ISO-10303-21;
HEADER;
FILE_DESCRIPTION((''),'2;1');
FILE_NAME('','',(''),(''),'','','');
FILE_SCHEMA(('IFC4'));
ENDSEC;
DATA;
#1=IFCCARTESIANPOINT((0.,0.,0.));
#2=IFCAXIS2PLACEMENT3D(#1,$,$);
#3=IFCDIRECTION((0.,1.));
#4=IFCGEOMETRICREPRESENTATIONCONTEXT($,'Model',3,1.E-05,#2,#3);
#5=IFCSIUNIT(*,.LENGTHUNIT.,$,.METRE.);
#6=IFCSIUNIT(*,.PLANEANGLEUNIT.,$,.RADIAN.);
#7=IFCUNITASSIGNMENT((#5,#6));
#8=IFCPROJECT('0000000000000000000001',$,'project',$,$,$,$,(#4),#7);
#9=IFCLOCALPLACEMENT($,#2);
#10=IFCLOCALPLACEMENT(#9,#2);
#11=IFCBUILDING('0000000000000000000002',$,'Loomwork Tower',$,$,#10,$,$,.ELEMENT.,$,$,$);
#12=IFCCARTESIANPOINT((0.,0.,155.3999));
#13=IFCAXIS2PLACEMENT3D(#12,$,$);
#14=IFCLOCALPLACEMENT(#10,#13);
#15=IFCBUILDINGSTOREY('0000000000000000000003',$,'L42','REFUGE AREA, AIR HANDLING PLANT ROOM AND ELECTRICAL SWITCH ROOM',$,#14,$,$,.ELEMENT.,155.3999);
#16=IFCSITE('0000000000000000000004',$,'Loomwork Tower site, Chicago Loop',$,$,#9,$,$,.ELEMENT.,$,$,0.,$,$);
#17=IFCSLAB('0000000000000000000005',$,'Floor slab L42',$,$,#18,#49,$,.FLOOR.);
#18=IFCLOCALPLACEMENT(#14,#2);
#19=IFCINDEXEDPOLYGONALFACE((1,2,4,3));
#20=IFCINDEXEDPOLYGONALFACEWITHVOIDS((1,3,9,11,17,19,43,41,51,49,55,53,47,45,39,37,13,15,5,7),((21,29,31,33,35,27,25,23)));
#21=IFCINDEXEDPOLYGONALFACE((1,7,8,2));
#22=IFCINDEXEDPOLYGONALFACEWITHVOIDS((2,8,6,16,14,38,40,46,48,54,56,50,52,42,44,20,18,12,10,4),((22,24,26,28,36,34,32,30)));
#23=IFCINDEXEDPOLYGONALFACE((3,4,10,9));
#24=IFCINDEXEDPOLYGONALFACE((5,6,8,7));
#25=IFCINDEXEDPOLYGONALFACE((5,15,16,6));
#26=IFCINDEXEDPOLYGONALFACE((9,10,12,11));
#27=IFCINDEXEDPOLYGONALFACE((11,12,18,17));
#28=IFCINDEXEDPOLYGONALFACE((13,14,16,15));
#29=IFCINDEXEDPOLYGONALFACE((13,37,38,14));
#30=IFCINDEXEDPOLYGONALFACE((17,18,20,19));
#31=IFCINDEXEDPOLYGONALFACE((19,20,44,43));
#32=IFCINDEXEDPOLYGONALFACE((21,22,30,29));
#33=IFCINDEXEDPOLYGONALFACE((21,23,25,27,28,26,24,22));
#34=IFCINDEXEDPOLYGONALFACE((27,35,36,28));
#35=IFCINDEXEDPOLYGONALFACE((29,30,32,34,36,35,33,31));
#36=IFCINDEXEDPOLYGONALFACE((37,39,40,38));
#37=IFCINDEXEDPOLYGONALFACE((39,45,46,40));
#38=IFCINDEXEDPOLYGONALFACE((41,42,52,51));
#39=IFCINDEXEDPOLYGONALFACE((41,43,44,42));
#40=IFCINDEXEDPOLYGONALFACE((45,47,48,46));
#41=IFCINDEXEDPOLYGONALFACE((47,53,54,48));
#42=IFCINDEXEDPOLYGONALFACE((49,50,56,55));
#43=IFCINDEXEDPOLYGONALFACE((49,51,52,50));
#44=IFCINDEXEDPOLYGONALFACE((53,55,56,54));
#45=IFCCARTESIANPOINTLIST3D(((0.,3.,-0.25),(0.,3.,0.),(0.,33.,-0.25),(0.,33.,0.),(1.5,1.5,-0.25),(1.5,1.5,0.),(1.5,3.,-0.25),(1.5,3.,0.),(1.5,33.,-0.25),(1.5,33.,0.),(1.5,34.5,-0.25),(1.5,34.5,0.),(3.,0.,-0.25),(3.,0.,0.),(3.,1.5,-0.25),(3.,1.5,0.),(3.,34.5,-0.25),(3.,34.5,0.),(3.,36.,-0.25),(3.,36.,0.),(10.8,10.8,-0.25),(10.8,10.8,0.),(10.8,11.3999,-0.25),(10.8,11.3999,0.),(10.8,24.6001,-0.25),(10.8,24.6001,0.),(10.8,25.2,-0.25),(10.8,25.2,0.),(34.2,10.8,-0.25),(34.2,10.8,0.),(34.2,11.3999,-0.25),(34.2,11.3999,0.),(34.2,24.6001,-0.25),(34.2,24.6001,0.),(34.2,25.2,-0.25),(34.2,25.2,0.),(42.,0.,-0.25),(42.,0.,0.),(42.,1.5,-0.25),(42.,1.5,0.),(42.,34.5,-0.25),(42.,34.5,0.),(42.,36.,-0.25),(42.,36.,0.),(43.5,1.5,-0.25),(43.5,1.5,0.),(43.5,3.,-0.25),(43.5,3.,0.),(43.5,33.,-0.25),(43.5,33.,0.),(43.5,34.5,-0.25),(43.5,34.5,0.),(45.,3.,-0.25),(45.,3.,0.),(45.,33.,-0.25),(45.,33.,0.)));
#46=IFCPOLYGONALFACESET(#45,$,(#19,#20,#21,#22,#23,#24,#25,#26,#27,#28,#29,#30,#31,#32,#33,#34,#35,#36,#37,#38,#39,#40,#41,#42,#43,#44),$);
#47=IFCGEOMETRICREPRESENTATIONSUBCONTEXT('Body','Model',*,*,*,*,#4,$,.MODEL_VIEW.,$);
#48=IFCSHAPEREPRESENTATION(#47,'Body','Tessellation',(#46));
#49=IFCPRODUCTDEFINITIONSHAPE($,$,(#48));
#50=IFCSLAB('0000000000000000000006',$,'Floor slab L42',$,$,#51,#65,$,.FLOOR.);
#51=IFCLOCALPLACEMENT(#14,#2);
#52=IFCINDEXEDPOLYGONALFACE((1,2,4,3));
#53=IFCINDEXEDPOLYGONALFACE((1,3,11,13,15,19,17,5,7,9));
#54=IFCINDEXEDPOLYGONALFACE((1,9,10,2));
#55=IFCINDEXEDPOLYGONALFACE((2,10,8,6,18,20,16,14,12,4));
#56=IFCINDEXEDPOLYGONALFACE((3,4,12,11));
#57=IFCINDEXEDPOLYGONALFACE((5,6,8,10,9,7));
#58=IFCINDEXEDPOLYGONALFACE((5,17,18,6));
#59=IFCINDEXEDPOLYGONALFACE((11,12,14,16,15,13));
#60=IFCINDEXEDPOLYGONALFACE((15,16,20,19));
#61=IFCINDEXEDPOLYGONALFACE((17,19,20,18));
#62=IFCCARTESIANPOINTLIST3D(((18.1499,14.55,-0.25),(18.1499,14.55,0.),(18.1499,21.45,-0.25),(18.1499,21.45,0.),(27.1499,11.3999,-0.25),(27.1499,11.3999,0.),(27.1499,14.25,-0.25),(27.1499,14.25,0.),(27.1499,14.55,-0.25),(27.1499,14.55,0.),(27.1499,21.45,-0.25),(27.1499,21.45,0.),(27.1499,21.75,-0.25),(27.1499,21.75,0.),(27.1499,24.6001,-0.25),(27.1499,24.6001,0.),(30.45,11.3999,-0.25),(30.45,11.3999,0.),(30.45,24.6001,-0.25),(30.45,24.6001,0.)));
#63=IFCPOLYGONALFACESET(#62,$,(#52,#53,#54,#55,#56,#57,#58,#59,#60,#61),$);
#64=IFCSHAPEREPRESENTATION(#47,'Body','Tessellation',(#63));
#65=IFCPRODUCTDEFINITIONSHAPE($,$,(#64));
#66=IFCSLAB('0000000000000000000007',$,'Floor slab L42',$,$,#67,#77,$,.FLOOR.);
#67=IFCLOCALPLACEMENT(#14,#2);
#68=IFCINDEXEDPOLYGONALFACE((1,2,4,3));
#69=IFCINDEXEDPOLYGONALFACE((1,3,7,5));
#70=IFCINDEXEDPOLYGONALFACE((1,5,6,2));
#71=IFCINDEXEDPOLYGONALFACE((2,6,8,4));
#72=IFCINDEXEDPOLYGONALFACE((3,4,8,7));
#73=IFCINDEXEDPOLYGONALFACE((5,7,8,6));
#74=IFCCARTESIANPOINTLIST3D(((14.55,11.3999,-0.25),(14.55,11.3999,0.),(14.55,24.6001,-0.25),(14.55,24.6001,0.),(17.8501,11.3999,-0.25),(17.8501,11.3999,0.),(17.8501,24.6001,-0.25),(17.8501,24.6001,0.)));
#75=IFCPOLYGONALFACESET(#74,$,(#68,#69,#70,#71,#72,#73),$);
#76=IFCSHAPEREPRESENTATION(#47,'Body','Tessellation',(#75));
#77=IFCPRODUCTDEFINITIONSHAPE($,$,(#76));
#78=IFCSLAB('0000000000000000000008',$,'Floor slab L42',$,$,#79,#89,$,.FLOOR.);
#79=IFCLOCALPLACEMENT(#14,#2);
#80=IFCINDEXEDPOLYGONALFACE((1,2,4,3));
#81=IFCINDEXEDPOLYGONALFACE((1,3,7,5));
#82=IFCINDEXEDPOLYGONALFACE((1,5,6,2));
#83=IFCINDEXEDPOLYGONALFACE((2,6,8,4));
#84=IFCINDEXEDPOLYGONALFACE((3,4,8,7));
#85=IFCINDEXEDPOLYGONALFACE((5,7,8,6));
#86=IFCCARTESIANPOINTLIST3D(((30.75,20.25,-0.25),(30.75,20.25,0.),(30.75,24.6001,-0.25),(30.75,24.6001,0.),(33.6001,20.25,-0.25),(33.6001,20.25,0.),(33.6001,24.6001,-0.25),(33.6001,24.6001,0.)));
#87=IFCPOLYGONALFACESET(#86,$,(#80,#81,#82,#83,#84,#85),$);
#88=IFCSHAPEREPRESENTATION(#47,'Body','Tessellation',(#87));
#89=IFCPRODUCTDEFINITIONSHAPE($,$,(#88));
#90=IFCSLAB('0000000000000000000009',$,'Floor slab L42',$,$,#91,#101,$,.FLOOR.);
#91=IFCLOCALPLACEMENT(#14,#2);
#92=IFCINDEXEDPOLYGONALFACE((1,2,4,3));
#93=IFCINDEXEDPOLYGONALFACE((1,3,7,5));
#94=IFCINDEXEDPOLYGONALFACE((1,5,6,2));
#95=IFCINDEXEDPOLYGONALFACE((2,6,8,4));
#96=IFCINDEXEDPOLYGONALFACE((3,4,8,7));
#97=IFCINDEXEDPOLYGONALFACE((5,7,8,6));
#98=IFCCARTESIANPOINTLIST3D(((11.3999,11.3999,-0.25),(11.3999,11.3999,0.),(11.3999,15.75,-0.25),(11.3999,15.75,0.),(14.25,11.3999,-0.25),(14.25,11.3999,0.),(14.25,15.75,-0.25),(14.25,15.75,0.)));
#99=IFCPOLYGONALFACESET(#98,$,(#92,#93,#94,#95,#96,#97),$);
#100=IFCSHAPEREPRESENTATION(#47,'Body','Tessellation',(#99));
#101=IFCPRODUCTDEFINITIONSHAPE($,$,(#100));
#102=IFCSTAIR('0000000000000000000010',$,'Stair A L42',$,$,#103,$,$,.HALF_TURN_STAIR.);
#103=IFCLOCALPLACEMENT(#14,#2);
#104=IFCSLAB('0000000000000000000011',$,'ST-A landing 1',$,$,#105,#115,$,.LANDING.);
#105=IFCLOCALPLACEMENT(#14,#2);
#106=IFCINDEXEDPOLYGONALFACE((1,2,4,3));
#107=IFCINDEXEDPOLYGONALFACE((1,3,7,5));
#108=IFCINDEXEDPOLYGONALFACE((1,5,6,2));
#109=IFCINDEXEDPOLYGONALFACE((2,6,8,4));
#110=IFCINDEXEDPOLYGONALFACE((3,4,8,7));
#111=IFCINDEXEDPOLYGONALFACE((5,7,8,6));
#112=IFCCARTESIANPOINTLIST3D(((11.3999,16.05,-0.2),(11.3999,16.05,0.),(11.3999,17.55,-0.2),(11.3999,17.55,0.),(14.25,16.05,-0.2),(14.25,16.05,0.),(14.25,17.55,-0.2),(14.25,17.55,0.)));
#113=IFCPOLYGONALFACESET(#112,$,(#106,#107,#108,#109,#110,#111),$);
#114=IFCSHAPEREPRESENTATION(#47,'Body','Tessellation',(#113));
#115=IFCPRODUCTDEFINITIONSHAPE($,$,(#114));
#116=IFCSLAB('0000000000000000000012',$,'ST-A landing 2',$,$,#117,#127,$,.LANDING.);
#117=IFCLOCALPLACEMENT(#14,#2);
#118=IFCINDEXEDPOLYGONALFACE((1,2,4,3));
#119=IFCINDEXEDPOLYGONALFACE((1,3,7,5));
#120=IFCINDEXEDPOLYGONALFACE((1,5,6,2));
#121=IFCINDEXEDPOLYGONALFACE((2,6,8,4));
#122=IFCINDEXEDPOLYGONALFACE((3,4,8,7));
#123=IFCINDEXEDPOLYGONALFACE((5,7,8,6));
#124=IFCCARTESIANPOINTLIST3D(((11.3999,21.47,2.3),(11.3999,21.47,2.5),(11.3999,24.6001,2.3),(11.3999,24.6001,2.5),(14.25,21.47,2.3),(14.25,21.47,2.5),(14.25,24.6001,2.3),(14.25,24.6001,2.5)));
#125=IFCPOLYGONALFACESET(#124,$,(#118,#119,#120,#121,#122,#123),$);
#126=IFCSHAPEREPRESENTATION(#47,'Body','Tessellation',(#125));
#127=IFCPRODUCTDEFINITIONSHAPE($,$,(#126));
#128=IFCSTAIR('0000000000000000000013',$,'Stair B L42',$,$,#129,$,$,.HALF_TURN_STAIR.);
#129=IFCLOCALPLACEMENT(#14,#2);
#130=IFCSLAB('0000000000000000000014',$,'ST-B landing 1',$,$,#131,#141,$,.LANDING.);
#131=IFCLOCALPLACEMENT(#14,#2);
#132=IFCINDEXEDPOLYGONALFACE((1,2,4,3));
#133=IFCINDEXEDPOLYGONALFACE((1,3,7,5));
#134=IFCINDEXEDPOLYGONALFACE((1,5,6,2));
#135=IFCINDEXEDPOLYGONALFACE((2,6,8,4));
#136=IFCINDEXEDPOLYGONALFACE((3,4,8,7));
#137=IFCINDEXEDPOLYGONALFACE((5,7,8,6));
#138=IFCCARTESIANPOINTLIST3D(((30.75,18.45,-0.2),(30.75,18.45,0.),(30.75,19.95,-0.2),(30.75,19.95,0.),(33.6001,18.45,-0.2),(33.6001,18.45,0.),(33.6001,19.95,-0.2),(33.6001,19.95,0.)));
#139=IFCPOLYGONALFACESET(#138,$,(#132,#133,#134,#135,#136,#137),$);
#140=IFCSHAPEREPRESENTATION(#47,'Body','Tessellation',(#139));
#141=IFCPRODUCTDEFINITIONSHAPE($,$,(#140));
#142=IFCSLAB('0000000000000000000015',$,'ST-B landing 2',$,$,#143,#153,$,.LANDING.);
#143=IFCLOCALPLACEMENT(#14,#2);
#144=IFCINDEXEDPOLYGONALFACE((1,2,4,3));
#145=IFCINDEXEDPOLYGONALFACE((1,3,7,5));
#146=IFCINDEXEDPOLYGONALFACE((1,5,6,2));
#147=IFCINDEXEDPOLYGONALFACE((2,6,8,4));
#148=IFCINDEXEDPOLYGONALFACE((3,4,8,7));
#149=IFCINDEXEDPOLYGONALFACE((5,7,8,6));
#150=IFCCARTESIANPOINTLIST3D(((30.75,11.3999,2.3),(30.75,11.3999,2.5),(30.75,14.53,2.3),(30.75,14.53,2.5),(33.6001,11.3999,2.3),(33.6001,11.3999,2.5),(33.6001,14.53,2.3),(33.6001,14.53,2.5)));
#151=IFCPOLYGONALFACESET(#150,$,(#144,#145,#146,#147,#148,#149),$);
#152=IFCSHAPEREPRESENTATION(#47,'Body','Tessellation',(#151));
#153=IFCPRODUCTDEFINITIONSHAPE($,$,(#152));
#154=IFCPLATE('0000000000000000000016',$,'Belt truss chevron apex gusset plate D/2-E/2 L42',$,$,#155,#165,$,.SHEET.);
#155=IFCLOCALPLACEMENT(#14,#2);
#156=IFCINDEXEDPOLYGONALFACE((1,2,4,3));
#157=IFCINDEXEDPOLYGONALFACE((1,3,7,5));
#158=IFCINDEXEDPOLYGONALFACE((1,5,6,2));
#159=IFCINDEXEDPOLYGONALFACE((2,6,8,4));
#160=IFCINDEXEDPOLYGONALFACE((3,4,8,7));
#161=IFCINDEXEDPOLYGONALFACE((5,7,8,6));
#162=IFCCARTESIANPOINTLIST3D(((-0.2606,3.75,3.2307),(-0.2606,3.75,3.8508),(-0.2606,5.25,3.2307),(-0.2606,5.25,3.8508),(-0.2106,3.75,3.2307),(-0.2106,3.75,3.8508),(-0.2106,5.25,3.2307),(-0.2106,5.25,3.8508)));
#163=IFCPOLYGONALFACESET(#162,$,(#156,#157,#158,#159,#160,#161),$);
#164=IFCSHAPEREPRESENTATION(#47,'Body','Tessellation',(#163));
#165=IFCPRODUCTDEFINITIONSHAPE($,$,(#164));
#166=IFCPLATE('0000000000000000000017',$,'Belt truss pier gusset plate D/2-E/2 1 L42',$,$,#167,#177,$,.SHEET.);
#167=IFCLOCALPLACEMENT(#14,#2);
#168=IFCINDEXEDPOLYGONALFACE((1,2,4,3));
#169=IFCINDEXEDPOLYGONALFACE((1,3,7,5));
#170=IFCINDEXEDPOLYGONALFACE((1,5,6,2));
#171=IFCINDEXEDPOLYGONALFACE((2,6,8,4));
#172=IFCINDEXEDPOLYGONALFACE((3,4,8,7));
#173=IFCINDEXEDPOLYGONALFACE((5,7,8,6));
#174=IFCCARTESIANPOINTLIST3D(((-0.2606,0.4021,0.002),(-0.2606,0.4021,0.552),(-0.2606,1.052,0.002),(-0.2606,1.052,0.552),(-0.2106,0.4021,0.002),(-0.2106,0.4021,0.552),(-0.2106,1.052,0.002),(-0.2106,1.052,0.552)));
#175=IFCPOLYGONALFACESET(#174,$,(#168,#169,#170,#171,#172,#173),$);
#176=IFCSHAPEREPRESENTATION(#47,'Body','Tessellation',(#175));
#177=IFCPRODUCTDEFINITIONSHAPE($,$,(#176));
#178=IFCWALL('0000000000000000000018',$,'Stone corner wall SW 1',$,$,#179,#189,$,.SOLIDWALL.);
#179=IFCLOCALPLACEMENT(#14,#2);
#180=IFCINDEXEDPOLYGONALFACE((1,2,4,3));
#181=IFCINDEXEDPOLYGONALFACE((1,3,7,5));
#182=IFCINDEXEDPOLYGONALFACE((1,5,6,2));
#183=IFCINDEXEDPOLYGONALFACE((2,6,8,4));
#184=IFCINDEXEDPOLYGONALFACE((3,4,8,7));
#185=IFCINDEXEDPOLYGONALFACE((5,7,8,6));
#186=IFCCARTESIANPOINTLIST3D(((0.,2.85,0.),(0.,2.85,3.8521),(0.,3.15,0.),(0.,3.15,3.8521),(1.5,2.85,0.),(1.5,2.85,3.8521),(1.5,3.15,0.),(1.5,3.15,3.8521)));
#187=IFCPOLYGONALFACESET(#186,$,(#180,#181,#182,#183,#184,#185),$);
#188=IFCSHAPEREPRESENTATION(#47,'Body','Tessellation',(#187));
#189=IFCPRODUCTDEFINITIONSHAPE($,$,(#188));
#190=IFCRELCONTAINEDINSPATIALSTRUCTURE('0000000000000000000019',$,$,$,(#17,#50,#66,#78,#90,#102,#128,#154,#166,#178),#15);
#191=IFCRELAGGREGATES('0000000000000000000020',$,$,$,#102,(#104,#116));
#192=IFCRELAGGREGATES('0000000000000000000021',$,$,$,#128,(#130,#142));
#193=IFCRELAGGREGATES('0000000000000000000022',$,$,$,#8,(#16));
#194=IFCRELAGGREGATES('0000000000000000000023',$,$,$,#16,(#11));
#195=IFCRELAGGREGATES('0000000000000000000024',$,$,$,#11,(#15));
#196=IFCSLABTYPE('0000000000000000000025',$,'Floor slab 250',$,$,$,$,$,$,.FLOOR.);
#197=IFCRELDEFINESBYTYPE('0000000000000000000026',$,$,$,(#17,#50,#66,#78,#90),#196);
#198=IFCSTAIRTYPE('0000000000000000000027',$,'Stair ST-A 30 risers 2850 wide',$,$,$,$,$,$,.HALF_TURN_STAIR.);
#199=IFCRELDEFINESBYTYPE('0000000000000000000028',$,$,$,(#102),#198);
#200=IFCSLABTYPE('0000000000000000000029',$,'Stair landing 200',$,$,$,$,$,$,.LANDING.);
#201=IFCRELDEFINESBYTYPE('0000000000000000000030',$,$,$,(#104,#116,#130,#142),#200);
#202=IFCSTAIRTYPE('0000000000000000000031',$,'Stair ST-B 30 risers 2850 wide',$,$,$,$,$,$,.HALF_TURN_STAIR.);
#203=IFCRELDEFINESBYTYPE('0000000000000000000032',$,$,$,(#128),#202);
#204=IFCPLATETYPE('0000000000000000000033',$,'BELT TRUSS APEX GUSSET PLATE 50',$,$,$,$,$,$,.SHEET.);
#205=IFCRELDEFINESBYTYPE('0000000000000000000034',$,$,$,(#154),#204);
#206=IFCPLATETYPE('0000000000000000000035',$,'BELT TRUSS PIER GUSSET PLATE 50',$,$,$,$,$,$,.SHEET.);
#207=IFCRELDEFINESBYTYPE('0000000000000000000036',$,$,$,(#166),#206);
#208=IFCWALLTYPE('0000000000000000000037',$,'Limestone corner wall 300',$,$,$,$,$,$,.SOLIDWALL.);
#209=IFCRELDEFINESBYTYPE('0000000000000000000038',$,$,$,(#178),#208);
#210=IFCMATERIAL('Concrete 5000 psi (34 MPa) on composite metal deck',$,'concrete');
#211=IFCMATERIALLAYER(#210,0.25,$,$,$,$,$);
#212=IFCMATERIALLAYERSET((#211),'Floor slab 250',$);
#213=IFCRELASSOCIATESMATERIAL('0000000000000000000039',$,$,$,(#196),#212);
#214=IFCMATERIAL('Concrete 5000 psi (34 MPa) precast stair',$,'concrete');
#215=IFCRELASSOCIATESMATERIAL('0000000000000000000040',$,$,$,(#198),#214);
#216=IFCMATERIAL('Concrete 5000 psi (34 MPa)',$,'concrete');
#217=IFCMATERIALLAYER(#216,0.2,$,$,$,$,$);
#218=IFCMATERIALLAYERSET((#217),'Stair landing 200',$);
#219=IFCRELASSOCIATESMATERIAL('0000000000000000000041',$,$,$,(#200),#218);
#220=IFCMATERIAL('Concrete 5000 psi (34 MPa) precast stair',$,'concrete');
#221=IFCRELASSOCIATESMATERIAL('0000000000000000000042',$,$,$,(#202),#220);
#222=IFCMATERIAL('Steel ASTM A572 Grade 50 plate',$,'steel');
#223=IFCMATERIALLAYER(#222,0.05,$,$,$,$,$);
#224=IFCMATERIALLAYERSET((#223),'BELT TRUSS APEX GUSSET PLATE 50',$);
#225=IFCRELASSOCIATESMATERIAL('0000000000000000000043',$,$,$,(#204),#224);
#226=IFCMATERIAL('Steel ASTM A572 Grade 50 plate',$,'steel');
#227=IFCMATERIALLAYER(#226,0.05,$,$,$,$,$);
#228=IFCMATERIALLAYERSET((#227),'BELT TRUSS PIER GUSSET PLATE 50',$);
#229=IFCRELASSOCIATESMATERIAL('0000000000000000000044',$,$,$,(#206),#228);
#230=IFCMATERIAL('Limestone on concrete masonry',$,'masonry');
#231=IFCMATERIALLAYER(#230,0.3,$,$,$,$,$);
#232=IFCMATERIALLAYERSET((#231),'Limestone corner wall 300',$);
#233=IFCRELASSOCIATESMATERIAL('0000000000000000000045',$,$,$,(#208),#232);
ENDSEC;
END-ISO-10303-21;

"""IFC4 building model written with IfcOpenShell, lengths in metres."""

from ifc_helpers import new_model, si_unit, direction, frame, frame_2d, origin, origin_2d, place, context, subcontext, project, spatial, polyline, rectangle, outline, extrude, material, layer, layer_set, type_object, element, aggregate, save


model = new_model("IFC4")

# Units and contexts
model_context = context("Model", 3, precision=1e-05, world=origin(), true_north=direction((0.0, 1.0)))
body_context = subcontext(model_context, "Body", "Model", "MODEL_VIEW")
ifc_project = project(units=[si_unit("LENGTHUNIT", "METRE"), si_unit("PLANEANGLEUNIT", "RADIAN")], contexts=[model_context])

# Site, building, storey
site_placement = place(None, origin())
site = spatial("IfcSite", under=ifc_project, at=site_placement, Name="Loomwork Tower site, Chicago Loop", CompositionType="ELEMENT", RefElevation=0.0)
building_placement = place(site_placement, origin())
building = spatial("IfcBuilding", under=site, at=building_placement, Name="Loomwork Tower", CompositionType="ELEMENT")
storey_placement = place(building_placement, frame((0.0, 0.0, 155.3999)))
storey = spatial("IfcBuildingStorey", under=building, at=storey_placement, Name="L42", Description="REFUGE AREA, AIR HANDLING PLANT ROOM AND ELECTRICAL SWITCH ROOM", CompositionType="ELEMENT", Elevation=155.3999)

# Slabs
ifc_material_1 = material(Name="Concrete 5000 psi (34 MPa) on composite metal deck", Category="concrete")
ifc_layer_1 = layer(ifc_material_1, 0.25)
ifc_layer_set_1 = layer_set([ifc_layer_1], Name="Floor slab 250")
slab_type_1 = type_object("IfcSlabType", Name="Floor slab 250", PredefinedType="FLOOR", material=ifc_layer_set_1)
slab_1_placement = place(storey_placement, frame((0.0, 0.0, -0.25)))
element("IfcSlab", 1, at=slab_1_placement, inside=storey, type_object=slab_type_1, Name="Floor slab L42", PredefinedType="FLOOR", context=body_context, shape_type="SweptSolid", body=[
    extrude(outline(polyline([(3.0, 1.5), (1.5, 1.5), (1.5, 3.0), (0.0, 3.0), (0.0, 33.0), (1.5, 33.0), (1.5, 34.5), (3.0, 34.5), (3.0, 36.0), (42.0, 36.0), (42.0, 34.5), (43.5, 34.5), (43.5, 33.0), (45.0, 33.0), (45.0, 3.0), (43.5, 3.0), (43.5, 1.5), (42.0, 1.5), (42.0, 0.0), (3.0, 0.0), (3.0, 1.5)]), holes=[polyline([(10.8, 11.3999), (10.8, 11.3999), (10.8, 10.8), (34.2, 10.8), (34.2, 11.3999), (34.2, 11.3999), (34.2, 24.6001), (34.2, 25.2), (10.8, 25.2), (10.8, 24.6001), (10.8, 11.3999)])]), origin(), (0.0, 0.0, 1.0), 0.25),
])
slab_2_placement = place(storey_placement, frame((0.0, 0.0, -0.25)))
element("IfcSlab", 2, at=slab_2_placement, inside=storey, type_object=slab_type_1, Name="Floor slab L42", PredefinedType="FLOOR", context=body_context, shape_type="SweptSolid", body=[
    extrude(outline(polyline([(30.45, 24.6001), (30.45, 11.3999), (27.1499, 11.3999), (27.1499, 14.25), (27.1499, 14.55), (18.1499, 14.55), (18.1499, 21.45), (27.1499, 21.45), (27.1499, 21.75), (27.1499, 24.6001), (30.45, 24.6001)])), origin(), (0.0, 0.0, 1.0), 0.25),
])
slab_3_placement = place(storey_placement, frame((0.0, 0.0, -0.25)))
element("IfcSlab", 3, at=slab_3_placement, inside=storey, type_object=slab_type_1, Name="Floor slab L42", PredefinedType="FLOOR", context=body_context, shape_type="SweptSolid", body=[
    extrude(outline(polyline([(14.55, 11.3999), (14.55, 24.6001), (17.8501, 24.6001), (17.8501, 11.3999), (14.55, 11.3999)])), origin(), (0.0, 0.0, 1.0), 0.25),
])
slab_4_placement = place(storey_placement, frame((0.0, 0.0, -0.25)))
element("IfcSlab", 4, at=slab_4_placement, inside=storey, type_object=slab_type_1, Name="Floor slab L42", PredefinedType="FLOOR", context=body_context, shape_type="SweptSolid", body=[
    extrude(outline(polyline([(33.6001, 20.25), (30.75, 20.25), (30.75, 24.6001), (33.6001, 24.6001), (33.6001, 20.25)])), origin(), (0.0, 0.0, 1.0), 0.25),
])
slab_5_placement = place(storey_placement, frame((0.0, 0.0, -0.25)))
element("IfcSlab", 5, at=slab_5_placement, inside=storey, type_object=slab_type_1, Name="Floor slab L42", PredefinedType="FLOOR", context=body_context, shape_type="SweptSolid", body=[
    extrude(outline(polyline([(14.25, 15.75), (14.25, 11.3999), (11.3999, 11.3999), (11.3999, 15.75), (14.25, 15.75)])), origin(), (0.0, 0.0, 1.0), 0.25),
])

# Stairs, slabs
ifc_material_2 = material(Name="Concrete 5000 psi (34 MPa) precast stair", Category="concrete")
stair_type_1 = type_object("IfcStairType", Name="Stair ST-A 30 risers 2850 wide", PredefinedType="HALF_TURN_STAIR", material=ifc_material_2)
stair_1_placement = place(storey_placement, origin())
stair_1 = element("IfcStair", 6, at=stair_1_placement, inside=storey, type_object=stair_type_1, Name="Stair A L42", PredefinedType="HALF_TURN_STAIR")
ifc_material_3 = material(Name="Concrete 5000 psi (34 MPa)", Category="concrete")
ifc_layer_2 = layer(ifc_material_3, 0.2)
ifc_layer_set_2 = layer_set([ifc_layer_2], Name="Stair landing 200")
slab_type_2 = type_object("IfcSlabType", Name="Stair landing 200", PredefinedType="LANDING", material=ifc_layer_set_2)
slab_6_placement = place(storey_placement, frame((0.0, 0.0, -0.2)))
slab_6 = element("IfcSlab", 7, at=slab_6_placement, type_object=slab_type_2, Name="ST-A landing 1", PredefinedType="LANDING", context=body_context, shape_type="SweptSolid", body=[
    extrude(outline(polyline([(11.3999, 16.05), (14.25, 16.05), (14.25, 17.55), (11.3999, 17.55), (11.3999, 16.05)])), origin(), (0.0, 0.0, 1.0), 0.2),
])
slab_7_placement = place(storey_placement, frame((0.0, 0.0, 2.3)))
slab_7 = element("IfcSlab", 8, at=slab_7_placement, type_object=slab_type_2, Name="ST-A landing 2", PredefinedType="LANDING", context=body_context, shape_type="SweptSolid", body=[
    extrude(outline(polyline([(11.3999, 21.47), (14.25, 21.47), (14.25, 24.6001), (11.3999, 24.6001), (11.3999, 21.47)])), origin(), (0.0, 0.0, 1.0), 0.2),
])
aggregate(stair_1, [slab_6, slab_7])
ifc_material_4 = material(Name="Concrete 5000 psi (34 MPa) precast stair", Category="concrete")
stair_type_2 = type_object("IfcStairType", Name="Stair ST-B 30 risers 2850 wide", PredefinedType="HALF_TURN_STAIR", material=ifc_material_4)
stair_2_placement = place(storey_placement, origin())
stair_2 = element("IfcStair", 9, at=stair_2_placement, inside=storey, type_object=stair_type_2, Name="Stair B L42", PredefinedType="HALF_TURN_STAIR")
slab_8_placement = place(storey_placement, frame((0.0, 0.0, -0.2)))
slab_8 = element("IfcSlab", 10, at=slab_8_placement, type_object=slab_type_2, Name="ST-B landing 1", PredefinedType="LANDING", context=body_context, shape_type="SweptSolid", body=[
    extrude(outline(polyline([(30.75, 18.45), (33.6001, 18.45), (33.6001, 19.95), (30.75, 19.95), (30.75, 18.45)])), origin(), (0.0, 0.0, 1.0), 0.2),
])
slab_9_placement = place(storey_placement, frame((0.0, 0.0, 2.3)))
slab_9 = element("IfcSlab", 11, at=slab_9_placement, type_object=slab_type_2, Name="ST-B landing 2", PredefinedType="LANDING", context=body_context, shape_type="SweptSolid", body=[
    extrude(outline(polyline([(30.75, 11.3999), (33.6001, 11.3999), (33.6001, 14.53), (30.75, 14.53), (30.75, 11.3999)])), origin(), (0.0, 0.0, 1.0), 0.2),
])
aggregate(stair_2, [slab_8, slab_9])

# Plates
ifc_material_5 = material(Name="Steel ASTM A572 Grade 50 plate", Category="steel")
ifc_layer_3 = layer(ifc_material_5, 0.05)
ifc_layer_set_3 = layer_set([ifc_layer_3], Name="BELT TRUSS APEX GUSSET PLATE 50")
plate_type_1 = type_object("IfcPlateType", Name="BELT TRUSS APEX GUSSET PLATE 50", PredefinedType="SHEET", material=ifc_layer_set_3)
plate_1_placement = place(storey_placement, frame((-0.2356, 4.5, 3.2307), z_axis=(0.0, 0.0, 1.0), x_axis=(0.0, 1.0, 0.0)))
element("IfcPlate", 12, at=plate_1_placement, inside=storey, type_object=plate_type_1, Name="Belt truss chevron apex gusset plate D/2-E/2 L42", PredefinedType="SHEET", context=body_context, shape_type="SweptSolid", body=[
    extrude(rectangle(XDim=1.5, YDim=0.05, at=origin_2d()), origin(), (0.0, 0.0, 1.0), 0.6201),
])
ifc_material_6 = material(Name="Steel ASTM A572 Grade 50 plate", Category="steel")
ifc_layer_4 = layer(ifc_material_6, 0.05)
ifc_layer_set_4 = layer_set([ifc_layer_4], Name="BELT TRUSS PIER GUSSET PLATE 50")
plate_type_2 = type_object("IfcPlateType", Name="BELT TRUSS PIER GUSSET PLATE 50", PredefinedType="SHEET", material=ifc_layer_set_4)
plate_2_placement = place(storey_placement, frame((-0.2356, 0.7271, 0.002), z_axis=(0.0, 0.0, 1.0), x_axis=(0.0, 1.0, 0.0)))
element("IfcPlate", 13, at=plate_2_placement, inside=storey, type_object=plate_type_2, Name="Belt truss pier gusset plate D/2-E/2 1 L42", PredefinedType="SHEET", context=body_context, shape_type="SweptSolid", body=[
    extrude(rectangle(XDim=0.6499, YDim=0.05, at=origin_2d()), origin(), (0.0, 0.0, 1.0), 0.55),
])

# Wall
ifc_material_7 = material(Name="Limestone on concrete masonry", Category="masonry")
ifc_layer_5 = layer(ifc_material_7, 0.3)
ifc_layer_set_5 = layer_set([ifc_layer_5], Name="Limestone corner wall 300")
wall_type = type_object("IfcWallType", Name="Limestone corner wall 300", PredefinedType="SOLIDWALL", material=ifc_layer_set_5)
wall_placement = place(storey_placement, frame((0.0, 3.0, 0.0), z_axis=(0.0, 0.0, 1.0), x_axis=(1.0, 0.0, 0.0)))
element("IfcWall", 14, at=wall_placement, inside=storey, type_object=wall_type, Name="Stone corner wall SW 1", PredefinedType="SOLIDWALL", context=body_context, shape_type="SweptSolid", body=[
    extrude(rectangle(XDim=1.5, YDim=0.3, at=frame_2d((0.75, 0.0))), origin(), (0.0, 0.0, 1.0), 3.8521),
])

save(model, "model.ifc")
